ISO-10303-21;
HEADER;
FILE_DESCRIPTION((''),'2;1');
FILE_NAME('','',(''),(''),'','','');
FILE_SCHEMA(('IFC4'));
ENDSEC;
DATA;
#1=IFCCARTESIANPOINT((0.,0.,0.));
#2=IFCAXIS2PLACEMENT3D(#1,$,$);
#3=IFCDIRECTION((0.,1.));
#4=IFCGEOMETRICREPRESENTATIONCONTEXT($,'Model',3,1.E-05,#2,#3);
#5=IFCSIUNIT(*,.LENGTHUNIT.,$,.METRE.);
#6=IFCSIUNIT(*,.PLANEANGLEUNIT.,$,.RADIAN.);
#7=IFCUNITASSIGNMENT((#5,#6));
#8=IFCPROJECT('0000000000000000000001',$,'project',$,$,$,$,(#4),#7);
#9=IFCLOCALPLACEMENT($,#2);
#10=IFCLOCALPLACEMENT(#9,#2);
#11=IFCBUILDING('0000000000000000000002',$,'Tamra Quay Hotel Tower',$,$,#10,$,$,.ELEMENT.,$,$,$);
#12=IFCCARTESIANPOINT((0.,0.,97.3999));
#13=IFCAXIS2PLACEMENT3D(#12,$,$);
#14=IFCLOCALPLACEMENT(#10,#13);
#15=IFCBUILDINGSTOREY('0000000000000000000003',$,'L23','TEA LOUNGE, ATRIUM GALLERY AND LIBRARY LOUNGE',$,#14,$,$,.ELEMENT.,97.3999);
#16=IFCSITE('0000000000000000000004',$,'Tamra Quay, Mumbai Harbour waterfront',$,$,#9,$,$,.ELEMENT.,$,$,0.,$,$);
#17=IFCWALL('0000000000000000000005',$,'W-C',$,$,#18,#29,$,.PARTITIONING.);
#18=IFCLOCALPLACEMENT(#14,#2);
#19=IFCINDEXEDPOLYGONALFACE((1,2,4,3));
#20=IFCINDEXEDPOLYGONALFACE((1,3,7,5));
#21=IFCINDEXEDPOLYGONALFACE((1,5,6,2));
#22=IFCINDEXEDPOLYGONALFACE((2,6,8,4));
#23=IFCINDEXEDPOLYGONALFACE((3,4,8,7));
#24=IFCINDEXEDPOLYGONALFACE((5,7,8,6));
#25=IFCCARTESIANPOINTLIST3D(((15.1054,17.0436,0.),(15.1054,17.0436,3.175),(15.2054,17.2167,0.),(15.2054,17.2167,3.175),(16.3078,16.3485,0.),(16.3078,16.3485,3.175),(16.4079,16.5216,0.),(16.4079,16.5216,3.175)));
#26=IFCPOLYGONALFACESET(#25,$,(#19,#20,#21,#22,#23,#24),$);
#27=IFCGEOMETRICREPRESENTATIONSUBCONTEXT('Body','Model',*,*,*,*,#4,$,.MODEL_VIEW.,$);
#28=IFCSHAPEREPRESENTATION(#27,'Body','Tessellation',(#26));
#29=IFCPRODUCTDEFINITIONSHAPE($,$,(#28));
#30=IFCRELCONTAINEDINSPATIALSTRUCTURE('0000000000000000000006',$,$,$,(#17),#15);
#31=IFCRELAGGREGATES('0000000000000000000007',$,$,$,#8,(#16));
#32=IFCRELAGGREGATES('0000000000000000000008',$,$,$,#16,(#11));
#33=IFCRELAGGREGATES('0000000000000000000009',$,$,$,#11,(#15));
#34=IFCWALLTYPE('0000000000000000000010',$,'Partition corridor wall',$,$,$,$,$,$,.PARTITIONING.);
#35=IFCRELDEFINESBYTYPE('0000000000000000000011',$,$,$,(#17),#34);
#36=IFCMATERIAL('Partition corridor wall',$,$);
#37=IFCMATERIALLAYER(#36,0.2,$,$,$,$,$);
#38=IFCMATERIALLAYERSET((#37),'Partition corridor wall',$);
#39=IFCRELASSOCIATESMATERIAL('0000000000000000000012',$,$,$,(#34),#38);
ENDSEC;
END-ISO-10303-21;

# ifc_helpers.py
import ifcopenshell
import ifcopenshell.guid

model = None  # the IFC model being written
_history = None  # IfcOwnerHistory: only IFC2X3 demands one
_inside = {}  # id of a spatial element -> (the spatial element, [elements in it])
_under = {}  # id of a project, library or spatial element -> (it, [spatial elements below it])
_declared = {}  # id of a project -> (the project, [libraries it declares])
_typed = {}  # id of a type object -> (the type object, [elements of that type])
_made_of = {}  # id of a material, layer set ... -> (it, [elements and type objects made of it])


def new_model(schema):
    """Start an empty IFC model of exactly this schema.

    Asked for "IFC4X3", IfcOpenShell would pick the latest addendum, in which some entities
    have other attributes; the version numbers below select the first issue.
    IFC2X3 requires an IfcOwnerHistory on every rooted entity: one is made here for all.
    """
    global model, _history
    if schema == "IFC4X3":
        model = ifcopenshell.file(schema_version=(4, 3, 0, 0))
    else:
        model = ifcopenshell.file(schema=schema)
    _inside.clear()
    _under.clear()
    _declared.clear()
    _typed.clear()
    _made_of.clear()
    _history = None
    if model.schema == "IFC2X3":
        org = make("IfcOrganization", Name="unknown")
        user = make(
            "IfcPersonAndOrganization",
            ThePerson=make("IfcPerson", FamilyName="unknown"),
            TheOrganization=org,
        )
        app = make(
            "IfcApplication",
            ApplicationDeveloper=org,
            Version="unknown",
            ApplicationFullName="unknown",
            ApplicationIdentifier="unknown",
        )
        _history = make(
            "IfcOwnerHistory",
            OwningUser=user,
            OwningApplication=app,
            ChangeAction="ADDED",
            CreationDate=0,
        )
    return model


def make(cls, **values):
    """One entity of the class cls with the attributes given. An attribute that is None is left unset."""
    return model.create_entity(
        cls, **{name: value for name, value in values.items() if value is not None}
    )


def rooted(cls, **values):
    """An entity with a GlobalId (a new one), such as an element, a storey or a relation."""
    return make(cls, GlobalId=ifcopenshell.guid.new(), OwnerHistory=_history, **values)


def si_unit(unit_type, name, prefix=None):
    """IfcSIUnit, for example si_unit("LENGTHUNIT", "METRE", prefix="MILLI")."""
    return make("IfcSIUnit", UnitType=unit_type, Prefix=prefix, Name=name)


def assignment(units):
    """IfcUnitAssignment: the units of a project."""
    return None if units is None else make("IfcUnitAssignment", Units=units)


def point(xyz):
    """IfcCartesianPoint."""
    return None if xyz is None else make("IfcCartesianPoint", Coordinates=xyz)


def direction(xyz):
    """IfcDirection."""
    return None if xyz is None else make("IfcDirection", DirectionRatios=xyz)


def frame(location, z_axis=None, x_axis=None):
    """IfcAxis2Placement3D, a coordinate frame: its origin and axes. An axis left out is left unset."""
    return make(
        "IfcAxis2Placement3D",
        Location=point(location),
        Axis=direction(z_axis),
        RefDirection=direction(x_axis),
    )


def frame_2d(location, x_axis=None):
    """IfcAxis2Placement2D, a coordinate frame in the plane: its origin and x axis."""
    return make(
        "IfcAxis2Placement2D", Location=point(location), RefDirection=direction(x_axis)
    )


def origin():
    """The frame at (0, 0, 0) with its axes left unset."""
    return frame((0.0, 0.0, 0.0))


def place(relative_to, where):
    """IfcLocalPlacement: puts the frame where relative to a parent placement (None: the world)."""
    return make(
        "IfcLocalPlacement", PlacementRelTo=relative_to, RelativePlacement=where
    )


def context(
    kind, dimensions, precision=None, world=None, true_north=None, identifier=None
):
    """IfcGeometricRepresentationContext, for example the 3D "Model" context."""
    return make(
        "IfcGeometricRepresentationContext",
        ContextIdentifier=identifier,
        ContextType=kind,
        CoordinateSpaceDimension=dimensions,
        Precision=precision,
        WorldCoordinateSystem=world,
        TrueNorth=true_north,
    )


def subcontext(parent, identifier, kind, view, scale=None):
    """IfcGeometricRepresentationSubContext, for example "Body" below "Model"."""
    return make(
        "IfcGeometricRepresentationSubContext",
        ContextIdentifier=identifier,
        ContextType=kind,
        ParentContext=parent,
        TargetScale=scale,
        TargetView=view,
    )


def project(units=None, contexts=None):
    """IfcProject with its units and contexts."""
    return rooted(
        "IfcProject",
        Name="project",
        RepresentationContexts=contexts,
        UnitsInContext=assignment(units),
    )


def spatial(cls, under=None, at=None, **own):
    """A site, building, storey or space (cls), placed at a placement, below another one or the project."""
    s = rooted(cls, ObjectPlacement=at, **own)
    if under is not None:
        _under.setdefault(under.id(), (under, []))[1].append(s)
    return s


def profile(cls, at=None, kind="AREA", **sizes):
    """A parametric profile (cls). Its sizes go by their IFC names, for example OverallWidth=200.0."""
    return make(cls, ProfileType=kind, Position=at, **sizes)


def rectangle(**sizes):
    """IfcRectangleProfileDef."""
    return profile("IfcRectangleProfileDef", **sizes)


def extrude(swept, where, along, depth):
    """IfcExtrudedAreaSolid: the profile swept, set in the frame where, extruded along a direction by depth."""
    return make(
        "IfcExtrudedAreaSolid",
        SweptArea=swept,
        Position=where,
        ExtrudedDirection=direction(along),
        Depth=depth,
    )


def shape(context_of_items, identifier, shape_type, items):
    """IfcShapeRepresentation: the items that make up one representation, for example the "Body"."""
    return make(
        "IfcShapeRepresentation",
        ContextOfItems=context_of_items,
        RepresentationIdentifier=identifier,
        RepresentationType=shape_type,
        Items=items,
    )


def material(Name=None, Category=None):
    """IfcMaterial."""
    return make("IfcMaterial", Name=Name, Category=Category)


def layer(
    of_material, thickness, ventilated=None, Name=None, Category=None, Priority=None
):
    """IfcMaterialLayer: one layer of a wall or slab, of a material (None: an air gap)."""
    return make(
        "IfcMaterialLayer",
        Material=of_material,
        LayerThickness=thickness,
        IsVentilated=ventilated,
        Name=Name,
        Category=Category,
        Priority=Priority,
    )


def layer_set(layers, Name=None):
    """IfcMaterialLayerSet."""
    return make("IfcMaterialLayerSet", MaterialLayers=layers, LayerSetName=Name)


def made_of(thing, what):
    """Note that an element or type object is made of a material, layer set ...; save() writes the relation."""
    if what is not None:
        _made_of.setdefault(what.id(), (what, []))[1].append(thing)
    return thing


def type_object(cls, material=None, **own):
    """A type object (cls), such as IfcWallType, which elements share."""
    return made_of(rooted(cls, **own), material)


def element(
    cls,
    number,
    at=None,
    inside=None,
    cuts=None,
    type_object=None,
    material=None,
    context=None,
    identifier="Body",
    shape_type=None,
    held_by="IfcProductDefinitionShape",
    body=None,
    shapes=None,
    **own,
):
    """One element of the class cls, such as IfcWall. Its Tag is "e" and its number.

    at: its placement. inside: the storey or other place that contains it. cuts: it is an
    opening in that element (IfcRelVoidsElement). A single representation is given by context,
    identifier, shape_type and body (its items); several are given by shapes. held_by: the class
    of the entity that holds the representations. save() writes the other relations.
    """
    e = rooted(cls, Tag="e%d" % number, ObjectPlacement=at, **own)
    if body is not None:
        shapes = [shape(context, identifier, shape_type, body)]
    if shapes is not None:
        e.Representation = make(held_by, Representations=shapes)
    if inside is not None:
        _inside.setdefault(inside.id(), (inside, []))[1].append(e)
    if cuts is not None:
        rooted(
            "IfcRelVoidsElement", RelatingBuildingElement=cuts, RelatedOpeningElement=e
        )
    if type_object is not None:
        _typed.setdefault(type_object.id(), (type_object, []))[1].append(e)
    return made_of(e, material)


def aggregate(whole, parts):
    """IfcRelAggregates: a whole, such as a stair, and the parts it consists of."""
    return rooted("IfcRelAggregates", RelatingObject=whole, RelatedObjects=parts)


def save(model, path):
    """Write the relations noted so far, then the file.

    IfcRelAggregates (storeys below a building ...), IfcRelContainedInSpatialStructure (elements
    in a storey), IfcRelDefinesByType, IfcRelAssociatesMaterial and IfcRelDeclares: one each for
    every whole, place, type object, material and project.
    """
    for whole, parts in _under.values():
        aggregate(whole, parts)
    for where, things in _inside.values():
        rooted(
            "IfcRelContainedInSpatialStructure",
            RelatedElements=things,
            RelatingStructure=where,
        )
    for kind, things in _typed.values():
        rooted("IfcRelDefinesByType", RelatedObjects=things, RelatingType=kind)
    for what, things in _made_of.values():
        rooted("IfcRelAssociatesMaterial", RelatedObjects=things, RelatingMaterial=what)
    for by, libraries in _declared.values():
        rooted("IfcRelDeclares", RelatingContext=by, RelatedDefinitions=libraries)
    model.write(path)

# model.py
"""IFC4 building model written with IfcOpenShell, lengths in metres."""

from ifc_helpers import new_model, si_unit, direction, frame, frame_2d, origin, place, context, subcontext, project, spatial, rectangle, extrude, material, layer, layer_set, type_object, element, save


model = new_model("IFC4")

# Units and contexts
model_context = context("Model", 3, precision=1e-05, world=origin(), true_north=direction((0.0, 1.0)))
body_context = subcontext(model_context, "Body", "Model", "MODEL_VIEW")
ifc_project = project(units=[si_unit("LENGTHUNIT", "METRE"), si_unit("PLANEANGLEUNIT", "RADIAN")], contexts=[model_context])

# Site, building, storey
site_placement = place(None, origin())
site = spatial("IfcSite", under=ifc_project, at=site_placement, Name="Tamra Quay, Mumbai Harbour waterfront", CompositionType="ELEMENT", RefElevation=0.0)
building_placement = place(site_placement, origin())
building = spatial("IfcBuilding", under=site, at=building_placement, Name="Tamra Quay Hotel Tower", CompositionType="ELEMENT")
storey_placement = place(building_placement, frame((0.0, 0.0, 97.3999)))
storey = spatial("IfcBuildingStorey", under=building, at=storey_placement, Name="L23", Description="TEA LOUNGE, ATRIUM GALLERY AND LIBRARY LOUNGE", CompositionType="ELEMENT", Elevation=97.3999)

# Wall
ifc_material_1 = material(Name="Partition corridor wall")
ifc_layer_1 = layer(ifc_material_1, 0.2)
ifc_layer_set_1 = layer_set([ifc_layer_1], Name="Partition corridor wall")
wall_type_1 = type_object("IfcWallType", Name="Partition corridor wall", PredefinedType="PARTITIONING", material=ifc_layer_set_1)
wall_1_placement = place(storey_placement, frame((15.1555, 17.1301, 0.0), z_axis=(0.0, 0.0, 1.0), x_axis=(0.865755, -0.500468, 0.0)))
element("IfcWall", 1, at=wall_1_placement, inside=storey, type_object=wall_type_1, Name="W-C", PredefinedType="PARTITIONING", context=body_context, shape_type="SweptSolid", body=[
    extrude(rectangle(XDim=1.3889, YDim=0.2, at=frame_2d((0.6943, 0.0))), origin(), (0.0, 0.0, 1.0), 3.175),
])

save(model, "model.ifc")
